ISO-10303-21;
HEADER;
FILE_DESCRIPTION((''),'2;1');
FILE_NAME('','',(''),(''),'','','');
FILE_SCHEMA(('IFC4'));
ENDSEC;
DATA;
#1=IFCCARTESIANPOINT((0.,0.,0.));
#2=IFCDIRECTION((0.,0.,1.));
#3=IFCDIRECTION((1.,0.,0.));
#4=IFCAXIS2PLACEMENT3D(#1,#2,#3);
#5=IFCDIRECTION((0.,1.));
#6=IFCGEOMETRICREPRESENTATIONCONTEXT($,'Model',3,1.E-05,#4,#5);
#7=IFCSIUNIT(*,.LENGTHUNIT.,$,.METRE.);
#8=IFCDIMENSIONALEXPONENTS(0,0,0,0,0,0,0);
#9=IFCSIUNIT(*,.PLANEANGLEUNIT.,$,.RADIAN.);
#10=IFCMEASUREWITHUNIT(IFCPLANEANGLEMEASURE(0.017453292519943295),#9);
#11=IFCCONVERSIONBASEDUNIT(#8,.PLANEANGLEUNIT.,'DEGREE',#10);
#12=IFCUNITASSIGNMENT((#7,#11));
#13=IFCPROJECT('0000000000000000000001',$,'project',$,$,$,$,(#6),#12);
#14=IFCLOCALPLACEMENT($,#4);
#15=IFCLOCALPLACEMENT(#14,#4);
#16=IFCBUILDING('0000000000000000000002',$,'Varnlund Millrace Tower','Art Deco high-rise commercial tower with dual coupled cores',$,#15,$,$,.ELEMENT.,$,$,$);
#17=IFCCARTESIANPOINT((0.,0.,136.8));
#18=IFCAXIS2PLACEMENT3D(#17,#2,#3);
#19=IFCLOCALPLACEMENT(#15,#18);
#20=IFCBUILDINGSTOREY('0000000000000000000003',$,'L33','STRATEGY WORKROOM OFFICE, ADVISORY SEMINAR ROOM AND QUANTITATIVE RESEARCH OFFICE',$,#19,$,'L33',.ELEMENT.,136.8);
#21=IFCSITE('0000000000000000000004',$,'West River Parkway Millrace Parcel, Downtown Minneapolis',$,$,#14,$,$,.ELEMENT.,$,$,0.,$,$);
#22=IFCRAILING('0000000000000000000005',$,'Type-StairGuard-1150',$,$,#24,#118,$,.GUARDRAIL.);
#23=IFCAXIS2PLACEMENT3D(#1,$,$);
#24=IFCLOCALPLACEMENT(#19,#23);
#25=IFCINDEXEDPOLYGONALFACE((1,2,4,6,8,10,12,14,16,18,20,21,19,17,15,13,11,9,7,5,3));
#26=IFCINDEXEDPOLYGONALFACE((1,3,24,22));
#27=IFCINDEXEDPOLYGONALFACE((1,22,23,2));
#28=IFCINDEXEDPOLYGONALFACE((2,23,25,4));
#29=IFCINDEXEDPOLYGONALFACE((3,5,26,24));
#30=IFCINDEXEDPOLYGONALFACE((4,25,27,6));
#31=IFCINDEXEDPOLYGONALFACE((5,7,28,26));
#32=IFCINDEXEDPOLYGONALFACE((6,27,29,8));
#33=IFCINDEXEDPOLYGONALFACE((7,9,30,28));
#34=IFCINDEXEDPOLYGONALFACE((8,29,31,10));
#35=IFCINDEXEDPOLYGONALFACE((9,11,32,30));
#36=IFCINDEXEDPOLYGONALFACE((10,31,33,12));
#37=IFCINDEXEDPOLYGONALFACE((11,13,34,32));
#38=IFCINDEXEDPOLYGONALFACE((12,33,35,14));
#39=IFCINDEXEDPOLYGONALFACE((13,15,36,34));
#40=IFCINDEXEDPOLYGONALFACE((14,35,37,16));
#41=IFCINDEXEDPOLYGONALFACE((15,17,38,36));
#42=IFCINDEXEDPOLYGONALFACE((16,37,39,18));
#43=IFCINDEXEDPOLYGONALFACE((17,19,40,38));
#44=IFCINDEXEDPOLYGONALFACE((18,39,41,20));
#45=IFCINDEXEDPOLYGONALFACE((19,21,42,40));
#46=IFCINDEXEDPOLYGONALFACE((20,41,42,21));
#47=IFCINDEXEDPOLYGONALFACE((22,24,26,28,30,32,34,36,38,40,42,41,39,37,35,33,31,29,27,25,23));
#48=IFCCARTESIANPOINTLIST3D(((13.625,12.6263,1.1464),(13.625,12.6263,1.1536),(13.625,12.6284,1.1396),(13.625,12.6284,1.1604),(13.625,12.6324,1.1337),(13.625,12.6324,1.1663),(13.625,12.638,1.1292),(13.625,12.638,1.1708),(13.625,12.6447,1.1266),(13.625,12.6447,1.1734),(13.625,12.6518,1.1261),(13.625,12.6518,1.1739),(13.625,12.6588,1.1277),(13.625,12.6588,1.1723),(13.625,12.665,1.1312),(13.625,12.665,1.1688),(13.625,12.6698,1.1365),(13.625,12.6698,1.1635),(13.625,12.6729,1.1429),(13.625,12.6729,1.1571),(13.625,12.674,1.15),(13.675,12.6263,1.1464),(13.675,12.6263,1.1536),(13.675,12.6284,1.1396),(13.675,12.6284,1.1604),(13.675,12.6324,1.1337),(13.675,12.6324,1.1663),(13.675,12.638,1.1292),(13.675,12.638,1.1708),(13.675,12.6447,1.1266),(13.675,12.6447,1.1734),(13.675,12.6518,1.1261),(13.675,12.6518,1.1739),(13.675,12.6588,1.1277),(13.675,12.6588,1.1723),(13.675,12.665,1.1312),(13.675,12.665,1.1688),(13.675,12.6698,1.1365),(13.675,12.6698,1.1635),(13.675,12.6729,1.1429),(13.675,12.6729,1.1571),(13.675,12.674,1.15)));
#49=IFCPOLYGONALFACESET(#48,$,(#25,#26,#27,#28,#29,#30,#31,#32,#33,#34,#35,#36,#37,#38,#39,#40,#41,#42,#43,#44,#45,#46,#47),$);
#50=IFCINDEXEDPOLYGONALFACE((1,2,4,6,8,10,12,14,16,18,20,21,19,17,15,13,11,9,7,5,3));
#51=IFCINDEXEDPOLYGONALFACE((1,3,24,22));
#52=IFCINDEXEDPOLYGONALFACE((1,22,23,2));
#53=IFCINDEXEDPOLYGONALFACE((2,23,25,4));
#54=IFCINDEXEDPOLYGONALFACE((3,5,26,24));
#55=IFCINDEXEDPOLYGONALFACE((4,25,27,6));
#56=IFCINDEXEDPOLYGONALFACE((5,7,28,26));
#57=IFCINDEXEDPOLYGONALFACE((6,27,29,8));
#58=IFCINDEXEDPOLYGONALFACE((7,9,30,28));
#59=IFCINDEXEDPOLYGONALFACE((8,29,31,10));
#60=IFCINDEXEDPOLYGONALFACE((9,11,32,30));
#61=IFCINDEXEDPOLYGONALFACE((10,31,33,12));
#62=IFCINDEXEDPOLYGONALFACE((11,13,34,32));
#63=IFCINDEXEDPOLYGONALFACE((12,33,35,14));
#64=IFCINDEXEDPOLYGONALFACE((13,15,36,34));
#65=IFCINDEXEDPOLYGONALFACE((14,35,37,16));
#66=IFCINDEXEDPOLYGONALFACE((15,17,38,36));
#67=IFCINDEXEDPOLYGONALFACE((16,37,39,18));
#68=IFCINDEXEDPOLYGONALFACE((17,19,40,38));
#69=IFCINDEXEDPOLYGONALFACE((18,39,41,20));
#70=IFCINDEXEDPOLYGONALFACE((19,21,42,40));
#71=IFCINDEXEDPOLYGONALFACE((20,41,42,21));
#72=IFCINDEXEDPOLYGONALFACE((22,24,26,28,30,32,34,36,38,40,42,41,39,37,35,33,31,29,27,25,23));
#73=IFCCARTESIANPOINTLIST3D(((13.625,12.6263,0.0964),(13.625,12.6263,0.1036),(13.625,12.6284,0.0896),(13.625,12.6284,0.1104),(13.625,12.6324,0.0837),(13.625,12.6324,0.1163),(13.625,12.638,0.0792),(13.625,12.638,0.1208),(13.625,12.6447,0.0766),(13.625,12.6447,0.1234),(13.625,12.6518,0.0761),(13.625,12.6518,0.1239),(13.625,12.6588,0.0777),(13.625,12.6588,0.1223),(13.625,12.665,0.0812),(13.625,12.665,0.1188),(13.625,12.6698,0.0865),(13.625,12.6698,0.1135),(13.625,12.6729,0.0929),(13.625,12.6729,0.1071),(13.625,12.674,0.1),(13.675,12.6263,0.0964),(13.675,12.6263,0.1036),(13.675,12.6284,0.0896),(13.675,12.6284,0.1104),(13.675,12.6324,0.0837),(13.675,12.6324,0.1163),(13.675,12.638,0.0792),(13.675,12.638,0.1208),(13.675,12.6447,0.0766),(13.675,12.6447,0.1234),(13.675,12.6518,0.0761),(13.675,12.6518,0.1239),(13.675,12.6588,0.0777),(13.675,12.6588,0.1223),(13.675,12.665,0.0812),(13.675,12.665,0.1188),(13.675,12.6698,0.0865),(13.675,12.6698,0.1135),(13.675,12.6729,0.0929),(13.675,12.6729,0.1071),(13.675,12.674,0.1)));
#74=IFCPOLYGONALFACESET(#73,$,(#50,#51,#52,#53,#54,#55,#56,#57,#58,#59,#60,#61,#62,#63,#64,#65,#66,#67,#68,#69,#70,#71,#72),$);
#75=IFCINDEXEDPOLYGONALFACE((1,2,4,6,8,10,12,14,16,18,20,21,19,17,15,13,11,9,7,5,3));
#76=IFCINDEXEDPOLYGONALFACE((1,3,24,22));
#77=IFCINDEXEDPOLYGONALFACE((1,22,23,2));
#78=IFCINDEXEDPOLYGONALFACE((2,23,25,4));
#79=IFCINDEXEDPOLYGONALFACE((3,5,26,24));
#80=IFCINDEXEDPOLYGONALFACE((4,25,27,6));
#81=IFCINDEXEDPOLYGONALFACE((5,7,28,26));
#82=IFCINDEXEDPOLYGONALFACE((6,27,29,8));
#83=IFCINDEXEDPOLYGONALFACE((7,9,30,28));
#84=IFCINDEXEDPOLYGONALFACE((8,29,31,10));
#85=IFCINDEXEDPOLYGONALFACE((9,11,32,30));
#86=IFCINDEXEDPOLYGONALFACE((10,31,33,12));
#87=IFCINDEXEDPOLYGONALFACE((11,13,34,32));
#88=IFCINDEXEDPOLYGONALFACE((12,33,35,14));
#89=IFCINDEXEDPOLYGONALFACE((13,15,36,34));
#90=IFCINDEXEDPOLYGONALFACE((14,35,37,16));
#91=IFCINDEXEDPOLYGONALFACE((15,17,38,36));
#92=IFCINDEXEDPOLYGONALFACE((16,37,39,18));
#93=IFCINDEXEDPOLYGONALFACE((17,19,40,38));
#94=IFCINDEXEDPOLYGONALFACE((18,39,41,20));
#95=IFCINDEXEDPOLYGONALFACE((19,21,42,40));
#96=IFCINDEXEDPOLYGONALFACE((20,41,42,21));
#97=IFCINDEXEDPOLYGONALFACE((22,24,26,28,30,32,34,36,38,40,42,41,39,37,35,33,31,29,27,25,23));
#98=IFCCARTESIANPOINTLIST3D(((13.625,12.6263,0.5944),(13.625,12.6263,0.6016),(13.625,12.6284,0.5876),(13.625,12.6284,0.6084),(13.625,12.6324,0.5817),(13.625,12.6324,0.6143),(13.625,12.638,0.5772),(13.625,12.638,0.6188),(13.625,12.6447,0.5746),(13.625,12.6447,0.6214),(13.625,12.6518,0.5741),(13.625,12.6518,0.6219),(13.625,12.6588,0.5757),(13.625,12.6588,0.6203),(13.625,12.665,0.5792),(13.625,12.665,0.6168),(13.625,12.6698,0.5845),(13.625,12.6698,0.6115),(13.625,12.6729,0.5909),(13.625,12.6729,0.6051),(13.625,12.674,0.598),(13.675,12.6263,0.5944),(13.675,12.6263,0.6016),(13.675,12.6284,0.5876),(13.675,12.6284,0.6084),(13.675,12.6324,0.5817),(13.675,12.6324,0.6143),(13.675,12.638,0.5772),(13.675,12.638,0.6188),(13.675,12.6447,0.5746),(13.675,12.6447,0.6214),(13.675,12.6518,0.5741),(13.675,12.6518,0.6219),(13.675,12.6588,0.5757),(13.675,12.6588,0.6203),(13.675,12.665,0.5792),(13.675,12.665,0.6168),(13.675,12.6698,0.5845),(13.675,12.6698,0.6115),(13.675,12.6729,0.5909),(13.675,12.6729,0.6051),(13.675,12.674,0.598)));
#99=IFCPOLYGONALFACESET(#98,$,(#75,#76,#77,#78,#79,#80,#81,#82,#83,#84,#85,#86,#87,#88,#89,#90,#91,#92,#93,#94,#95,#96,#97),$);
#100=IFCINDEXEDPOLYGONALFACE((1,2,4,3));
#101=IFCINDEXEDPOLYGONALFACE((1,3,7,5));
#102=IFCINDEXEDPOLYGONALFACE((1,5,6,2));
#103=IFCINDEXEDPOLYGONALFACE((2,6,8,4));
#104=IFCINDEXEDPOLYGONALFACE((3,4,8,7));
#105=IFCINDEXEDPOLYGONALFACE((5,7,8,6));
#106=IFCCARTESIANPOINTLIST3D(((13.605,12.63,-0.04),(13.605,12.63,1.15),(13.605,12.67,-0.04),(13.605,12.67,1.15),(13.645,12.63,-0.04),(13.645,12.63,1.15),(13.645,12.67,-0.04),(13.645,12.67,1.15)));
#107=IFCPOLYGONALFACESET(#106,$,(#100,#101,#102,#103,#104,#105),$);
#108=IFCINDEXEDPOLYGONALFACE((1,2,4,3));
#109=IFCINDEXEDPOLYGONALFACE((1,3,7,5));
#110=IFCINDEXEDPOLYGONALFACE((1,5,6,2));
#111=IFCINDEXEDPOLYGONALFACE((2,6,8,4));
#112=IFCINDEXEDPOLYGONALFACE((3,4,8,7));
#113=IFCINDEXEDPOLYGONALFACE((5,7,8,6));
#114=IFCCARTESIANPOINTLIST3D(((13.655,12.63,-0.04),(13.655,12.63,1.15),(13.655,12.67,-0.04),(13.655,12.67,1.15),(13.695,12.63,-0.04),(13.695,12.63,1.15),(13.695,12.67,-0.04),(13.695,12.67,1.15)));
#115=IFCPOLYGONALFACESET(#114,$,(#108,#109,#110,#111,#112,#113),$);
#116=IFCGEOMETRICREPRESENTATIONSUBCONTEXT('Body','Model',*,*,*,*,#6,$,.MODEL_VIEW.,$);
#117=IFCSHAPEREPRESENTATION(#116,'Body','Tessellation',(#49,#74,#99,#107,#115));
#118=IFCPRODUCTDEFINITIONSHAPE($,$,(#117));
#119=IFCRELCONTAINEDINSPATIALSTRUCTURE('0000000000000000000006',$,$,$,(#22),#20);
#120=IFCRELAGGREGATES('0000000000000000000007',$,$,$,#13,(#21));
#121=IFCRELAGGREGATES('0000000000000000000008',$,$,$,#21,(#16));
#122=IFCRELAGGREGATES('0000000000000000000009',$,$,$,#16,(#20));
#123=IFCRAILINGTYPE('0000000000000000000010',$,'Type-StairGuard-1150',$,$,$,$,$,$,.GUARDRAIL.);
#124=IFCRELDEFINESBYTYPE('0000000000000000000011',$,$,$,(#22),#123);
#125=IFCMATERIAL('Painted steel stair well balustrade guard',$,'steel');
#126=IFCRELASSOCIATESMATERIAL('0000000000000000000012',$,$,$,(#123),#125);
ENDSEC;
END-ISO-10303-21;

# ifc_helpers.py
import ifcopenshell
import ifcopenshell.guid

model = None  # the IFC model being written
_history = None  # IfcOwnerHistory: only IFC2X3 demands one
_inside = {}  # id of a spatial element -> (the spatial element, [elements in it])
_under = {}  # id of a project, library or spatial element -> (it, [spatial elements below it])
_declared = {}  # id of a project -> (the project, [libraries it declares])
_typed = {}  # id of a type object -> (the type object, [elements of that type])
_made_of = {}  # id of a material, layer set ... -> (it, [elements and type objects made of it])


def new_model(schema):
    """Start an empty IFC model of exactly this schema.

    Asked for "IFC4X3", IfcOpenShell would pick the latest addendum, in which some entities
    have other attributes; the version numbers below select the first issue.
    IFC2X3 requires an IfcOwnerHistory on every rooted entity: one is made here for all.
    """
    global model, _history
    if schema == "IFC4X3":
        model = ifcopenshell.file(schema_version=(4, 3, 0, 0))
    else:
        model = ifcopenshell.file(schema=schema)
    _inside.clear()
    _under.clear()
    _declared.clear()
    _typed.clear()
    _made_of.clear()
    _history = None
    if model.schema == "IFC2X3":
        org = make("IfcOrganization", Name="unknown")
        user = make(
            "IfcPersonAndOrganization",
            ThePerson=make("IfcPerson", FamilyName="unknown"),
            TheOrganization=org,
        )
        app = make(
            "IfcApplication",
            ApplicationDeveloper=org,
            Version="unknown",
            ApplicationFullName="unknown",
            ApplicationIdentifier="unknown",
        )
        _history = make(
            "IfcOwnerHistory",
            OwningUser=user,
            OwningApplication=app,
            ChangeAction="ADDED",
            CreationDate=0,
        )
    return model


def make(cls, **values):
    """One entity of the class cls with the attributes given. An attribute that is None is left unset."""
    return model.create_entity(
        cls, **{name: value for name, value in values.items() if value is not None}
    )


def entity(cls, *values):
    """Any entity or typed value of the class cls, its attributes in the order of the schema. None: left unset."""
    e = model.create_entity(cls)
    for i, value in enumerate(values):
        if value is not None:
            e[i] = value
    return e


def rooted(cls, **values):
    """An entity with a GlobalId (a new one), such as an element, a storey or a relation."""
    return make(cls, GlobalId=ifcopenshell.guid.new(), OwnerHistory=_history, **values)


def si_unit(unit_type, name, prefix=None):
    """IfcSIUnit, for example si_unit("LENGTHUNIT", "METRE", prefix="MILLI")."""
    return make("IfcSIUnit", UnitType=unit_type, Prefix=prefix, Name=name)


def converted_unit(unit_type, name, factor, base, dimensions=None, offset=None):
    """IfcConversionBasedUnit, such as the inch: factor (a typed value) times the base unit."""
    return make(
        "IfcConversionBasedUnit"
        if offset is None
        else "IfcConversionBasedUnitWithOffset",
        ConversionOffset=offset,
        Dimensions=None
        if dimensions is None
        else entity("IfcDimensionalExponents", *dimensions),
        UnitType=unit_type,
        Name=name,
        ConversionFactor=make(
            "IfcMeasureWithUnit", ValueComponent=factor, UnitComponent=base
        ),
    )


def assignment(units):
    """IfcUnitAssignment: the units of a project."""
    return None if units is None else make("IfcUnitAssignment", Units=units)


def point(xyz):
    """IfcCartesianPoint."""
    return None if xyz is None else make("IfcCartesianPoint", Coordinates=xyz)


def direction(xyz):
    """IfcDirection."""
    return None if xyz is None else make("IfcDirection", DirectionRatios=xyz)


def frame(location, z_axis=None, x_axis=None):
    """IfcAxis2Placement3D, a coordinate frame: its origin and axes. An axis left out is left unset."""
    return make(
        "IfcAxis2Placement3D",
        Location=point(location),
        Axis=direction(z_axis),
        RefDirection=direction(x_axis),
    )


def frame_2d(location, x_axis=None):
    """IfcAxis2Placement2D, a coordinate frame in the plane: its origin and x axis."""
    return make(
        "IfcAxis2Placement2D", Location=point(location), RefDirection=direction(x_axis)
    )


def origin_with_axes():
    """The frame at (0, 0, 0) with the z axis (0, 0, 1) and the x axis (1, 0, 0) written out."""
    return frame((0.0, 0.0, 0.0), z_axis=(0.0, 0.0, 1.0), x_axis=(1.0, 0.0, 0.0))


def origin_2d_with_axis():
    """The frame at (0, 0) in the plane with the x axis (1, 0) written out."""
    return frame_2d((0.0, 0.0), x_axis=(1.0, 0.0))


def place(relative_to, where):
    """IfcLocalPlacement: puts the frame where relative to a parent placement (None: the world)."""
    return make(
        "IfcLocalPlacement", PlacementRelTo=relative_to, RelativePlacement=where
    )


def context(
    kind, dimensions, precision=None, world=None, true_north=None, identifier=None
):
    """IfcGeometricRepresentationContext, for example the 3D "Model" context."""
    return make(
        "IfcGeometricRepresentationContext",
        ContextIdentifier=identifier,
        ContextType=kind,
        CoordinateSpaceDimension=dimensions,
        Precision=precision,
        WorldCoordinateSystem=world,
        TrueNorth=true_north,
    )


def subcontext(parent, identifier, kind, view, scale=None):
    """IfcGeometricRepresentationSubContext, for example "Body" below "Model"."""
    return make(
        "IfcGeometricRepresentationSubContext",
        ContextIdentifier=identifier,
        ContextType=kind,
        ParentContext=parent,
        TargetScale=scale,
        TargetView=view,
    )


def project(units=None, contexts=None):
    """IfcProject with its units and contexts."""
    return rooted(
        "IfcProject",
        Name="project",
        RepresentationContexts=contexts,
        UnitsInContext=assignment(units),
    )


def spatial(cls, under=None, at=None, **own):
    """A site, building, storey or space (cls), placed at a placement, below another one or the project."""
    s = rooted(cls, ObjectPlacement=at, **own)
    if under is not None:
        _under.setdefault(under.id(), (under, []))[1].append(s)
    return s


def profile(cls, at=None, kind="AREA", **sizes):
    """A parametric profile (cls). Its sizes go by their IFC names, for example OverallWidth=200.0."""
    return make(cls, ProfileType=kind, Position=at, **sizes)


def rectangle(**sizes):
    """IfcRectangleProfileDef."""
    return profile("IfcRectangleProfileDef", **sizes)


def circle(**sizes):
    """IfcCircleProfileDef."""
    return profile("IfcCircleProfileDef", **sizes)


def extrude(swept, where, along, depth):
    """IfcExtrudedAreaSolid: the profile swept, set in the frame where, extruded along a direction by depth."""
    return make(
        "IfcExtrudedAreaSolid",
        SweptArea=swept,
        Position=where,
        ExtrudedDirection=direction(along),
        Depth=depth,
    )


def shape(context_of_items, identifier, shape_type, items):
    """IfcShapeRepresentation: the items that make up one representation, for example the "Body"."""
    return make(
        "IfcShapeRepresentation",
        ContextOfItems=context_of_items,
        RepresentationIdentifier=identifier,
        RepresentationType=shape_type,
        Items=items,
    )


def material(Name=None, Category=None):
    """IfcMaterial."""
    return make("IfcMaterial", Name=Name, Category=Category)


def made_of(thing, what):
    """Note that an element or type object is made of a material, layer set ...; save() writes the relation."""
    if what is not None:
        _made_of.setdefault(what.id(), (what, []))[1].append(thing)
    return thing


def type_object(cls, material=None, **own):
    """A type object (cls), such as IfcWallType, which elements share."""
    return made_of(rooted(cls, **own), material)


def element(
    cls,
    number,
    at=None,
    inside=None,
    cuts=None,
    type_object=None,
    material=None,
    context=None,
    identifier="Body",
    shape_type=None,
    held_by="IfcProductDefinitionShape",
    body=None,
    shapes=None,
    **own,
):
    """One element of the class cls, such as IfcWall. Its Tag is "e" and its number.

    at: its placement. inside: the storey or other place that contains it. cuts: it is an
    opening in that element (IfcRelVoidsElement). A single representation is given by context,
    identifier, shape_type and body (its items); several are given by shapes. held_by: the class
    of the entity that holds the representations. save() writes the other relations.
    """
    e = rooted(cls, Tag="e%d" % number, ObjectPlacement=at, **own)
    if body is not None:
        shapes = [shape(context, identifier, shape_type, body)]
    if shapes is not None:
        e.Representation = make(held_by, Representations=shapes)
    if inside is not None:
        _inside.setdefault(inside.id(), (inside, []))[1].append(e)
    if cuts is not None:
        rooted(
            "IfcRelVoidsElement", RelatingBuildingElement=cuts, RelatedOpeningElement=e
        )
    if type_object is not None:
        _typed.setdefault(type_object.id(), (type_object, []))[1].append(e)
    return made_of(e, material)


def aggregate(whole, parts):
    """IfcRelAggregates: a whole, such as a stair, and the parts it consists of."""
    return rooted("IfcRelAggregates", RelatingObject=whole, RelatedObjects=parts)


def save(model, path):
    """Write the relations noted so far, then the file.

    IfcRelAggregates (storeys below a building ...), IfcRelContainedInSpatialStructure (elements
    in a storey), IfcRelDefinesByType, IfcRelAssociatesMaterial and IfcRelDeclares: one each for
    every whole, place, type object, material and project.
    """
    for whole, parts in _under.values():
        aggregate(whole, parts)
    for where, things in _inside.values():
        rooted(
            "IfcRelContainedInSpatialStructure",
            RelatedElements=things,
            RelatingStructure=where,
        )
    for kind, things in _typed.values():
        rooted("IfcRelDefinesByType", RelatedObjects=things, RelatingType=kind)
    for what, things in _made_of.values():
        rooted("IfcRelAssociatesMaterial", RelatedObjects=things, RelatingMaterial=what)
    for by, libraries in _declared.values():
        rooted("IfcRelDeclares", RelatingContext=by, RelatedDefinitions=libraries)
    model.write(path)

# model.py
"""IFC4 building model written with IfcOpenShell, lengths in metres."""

from ifc_helpers import new_model, entity, si_unit, converted_unit, direction, frame, origin_with_axes, origin_2d_with_axis, place, context, subcontext, project, spatial, rectangle, circle, extrude, material, type_object, element, save


model = new_model("IFC4")

# Units and contexts
model_context = context("Model", 3, precision=1e-05, world=origin_with_axes(), true_north=direction((0.0, 1.0)))
body_context = subcontext(model_context, "Body", "Model", "MODEL_VIEW")
ifc_project = project(units=[si_unit("LENGTHUNIT", "METRE"), converted_unit("PLANEANGLEUNIT", "DEGREE", entity("IfcPlaneAngleMeasure", 0.017453292519943295), si_unit("PLANEANGLEUNIT", "RADIAN"), dimensions=[0, 0, 0, 0, 0, 0, 0])], contexts=[model_context])

# Site, building, storey
site_placement = place(None, origin_with_axes())
site = spatial("IfcSite", under=ifc_project, at=site_placement, Name="West River Parkway Millrace Parcel, Downtown Minneapolis", CompositionType="ELEMENT", RefElevation=0.0)
building_placement = place(site_placement, origin_with_axes())
building = spatial("IfcBuilding", under=site, at=building_placement, Name="Varnlund Millrace Tower", Description="Art Deco high-rise commercial tower with dual coupled cores", CompositionType="ELEMENT")
storey_placement = place(building_placement, frame((0.0, 0.0, 136.8), z_axis=(0.0, 0.0, 1.0), x_axis=(1.0, 0.0, 0.0)))
storey = spatial("IfcBuildingStorey", under=building, at=storey_placement, Name="L33", Description="STRATEGY WORKROOM OFFICE, ADVISORY SEMINAR ROOM AND QUANTITATIVE RESEARCH OFFICE", LongName="L33", CompositionType="ELEMENT", Elevation=136.8)

# Railing
ifc_material_1 = material(Name="Painted steel stair well balustrade guard", Category="steel")
railing_type_1 = type_object("IfcRailingType", Name="Type-StairGuard-1150", PredefinedType="GUARDRAIL", material=ifc_material_1)
railing_1_placement = place(storey_placement, frame((0.0, 0.0, -136.8), z_axis=(0.0, 0.0, 1.0), x_axis=(1.0, 0.0, 0.0)))
element("IfcRailing", 1, at=railing_1_placement, inside=storey, type_object=railing_type_1, Name="Type-StairGuard-1150", PredefinedType="GUARDRAIL", context=body_context, shape_type="SweptSolid", body=[
    extrude(circle(Radius=0.024, at=origin_2d_with_axis()), frame((13.625, 12.65, 137.95), z_axis=(1.0, 0.0, 0.0), x_axis=(0.0, 1.0, 0.0)), (0.0, 0.0, 1.0), 0.05),
    extrude(circle(Radius=0.024, at=origin_2d_with_axis()), frame((13.625, 12.65, 136.9), z_axis=(1.0, 0.0, 0.0), x_axis=(0.0, 1.0, 0.0)), (0.0, 0.0, 1.0), 0.05),
    extrude(circle(Radius=0.024, at=origin_2d_with_axis()), frame((13.625, 12.65, 137.398), z_axis=(1.0, 0.0, 0.0), x_axis=(0.0, 1.0, 0.0)), (0.0, 0.0, 1.0), 0.05),
    extrude(rectangle(XDim=0.04, YDim=0.04, at=origin_2d_with_axis()), frame((13.625, 12.65, 136.76), z_axis=(0.0, 0.0, 1.0), x_axis=(1.0, 0.0, 0.0)), (0.0, 0.0, 1.0), 1.19),
    extrude(rectangle(XDim=0.04, YDim=0.04, at=origin_2d_with_axis()), frame((13.675, 12.65, 136.76), z_axis=(0.0, 0.0, 1.0), x_axis=(1.0, 0.0, 0.0)), (0.0, 0.0, 1.0), 1.19),
])

save(model, "model.ifc")
